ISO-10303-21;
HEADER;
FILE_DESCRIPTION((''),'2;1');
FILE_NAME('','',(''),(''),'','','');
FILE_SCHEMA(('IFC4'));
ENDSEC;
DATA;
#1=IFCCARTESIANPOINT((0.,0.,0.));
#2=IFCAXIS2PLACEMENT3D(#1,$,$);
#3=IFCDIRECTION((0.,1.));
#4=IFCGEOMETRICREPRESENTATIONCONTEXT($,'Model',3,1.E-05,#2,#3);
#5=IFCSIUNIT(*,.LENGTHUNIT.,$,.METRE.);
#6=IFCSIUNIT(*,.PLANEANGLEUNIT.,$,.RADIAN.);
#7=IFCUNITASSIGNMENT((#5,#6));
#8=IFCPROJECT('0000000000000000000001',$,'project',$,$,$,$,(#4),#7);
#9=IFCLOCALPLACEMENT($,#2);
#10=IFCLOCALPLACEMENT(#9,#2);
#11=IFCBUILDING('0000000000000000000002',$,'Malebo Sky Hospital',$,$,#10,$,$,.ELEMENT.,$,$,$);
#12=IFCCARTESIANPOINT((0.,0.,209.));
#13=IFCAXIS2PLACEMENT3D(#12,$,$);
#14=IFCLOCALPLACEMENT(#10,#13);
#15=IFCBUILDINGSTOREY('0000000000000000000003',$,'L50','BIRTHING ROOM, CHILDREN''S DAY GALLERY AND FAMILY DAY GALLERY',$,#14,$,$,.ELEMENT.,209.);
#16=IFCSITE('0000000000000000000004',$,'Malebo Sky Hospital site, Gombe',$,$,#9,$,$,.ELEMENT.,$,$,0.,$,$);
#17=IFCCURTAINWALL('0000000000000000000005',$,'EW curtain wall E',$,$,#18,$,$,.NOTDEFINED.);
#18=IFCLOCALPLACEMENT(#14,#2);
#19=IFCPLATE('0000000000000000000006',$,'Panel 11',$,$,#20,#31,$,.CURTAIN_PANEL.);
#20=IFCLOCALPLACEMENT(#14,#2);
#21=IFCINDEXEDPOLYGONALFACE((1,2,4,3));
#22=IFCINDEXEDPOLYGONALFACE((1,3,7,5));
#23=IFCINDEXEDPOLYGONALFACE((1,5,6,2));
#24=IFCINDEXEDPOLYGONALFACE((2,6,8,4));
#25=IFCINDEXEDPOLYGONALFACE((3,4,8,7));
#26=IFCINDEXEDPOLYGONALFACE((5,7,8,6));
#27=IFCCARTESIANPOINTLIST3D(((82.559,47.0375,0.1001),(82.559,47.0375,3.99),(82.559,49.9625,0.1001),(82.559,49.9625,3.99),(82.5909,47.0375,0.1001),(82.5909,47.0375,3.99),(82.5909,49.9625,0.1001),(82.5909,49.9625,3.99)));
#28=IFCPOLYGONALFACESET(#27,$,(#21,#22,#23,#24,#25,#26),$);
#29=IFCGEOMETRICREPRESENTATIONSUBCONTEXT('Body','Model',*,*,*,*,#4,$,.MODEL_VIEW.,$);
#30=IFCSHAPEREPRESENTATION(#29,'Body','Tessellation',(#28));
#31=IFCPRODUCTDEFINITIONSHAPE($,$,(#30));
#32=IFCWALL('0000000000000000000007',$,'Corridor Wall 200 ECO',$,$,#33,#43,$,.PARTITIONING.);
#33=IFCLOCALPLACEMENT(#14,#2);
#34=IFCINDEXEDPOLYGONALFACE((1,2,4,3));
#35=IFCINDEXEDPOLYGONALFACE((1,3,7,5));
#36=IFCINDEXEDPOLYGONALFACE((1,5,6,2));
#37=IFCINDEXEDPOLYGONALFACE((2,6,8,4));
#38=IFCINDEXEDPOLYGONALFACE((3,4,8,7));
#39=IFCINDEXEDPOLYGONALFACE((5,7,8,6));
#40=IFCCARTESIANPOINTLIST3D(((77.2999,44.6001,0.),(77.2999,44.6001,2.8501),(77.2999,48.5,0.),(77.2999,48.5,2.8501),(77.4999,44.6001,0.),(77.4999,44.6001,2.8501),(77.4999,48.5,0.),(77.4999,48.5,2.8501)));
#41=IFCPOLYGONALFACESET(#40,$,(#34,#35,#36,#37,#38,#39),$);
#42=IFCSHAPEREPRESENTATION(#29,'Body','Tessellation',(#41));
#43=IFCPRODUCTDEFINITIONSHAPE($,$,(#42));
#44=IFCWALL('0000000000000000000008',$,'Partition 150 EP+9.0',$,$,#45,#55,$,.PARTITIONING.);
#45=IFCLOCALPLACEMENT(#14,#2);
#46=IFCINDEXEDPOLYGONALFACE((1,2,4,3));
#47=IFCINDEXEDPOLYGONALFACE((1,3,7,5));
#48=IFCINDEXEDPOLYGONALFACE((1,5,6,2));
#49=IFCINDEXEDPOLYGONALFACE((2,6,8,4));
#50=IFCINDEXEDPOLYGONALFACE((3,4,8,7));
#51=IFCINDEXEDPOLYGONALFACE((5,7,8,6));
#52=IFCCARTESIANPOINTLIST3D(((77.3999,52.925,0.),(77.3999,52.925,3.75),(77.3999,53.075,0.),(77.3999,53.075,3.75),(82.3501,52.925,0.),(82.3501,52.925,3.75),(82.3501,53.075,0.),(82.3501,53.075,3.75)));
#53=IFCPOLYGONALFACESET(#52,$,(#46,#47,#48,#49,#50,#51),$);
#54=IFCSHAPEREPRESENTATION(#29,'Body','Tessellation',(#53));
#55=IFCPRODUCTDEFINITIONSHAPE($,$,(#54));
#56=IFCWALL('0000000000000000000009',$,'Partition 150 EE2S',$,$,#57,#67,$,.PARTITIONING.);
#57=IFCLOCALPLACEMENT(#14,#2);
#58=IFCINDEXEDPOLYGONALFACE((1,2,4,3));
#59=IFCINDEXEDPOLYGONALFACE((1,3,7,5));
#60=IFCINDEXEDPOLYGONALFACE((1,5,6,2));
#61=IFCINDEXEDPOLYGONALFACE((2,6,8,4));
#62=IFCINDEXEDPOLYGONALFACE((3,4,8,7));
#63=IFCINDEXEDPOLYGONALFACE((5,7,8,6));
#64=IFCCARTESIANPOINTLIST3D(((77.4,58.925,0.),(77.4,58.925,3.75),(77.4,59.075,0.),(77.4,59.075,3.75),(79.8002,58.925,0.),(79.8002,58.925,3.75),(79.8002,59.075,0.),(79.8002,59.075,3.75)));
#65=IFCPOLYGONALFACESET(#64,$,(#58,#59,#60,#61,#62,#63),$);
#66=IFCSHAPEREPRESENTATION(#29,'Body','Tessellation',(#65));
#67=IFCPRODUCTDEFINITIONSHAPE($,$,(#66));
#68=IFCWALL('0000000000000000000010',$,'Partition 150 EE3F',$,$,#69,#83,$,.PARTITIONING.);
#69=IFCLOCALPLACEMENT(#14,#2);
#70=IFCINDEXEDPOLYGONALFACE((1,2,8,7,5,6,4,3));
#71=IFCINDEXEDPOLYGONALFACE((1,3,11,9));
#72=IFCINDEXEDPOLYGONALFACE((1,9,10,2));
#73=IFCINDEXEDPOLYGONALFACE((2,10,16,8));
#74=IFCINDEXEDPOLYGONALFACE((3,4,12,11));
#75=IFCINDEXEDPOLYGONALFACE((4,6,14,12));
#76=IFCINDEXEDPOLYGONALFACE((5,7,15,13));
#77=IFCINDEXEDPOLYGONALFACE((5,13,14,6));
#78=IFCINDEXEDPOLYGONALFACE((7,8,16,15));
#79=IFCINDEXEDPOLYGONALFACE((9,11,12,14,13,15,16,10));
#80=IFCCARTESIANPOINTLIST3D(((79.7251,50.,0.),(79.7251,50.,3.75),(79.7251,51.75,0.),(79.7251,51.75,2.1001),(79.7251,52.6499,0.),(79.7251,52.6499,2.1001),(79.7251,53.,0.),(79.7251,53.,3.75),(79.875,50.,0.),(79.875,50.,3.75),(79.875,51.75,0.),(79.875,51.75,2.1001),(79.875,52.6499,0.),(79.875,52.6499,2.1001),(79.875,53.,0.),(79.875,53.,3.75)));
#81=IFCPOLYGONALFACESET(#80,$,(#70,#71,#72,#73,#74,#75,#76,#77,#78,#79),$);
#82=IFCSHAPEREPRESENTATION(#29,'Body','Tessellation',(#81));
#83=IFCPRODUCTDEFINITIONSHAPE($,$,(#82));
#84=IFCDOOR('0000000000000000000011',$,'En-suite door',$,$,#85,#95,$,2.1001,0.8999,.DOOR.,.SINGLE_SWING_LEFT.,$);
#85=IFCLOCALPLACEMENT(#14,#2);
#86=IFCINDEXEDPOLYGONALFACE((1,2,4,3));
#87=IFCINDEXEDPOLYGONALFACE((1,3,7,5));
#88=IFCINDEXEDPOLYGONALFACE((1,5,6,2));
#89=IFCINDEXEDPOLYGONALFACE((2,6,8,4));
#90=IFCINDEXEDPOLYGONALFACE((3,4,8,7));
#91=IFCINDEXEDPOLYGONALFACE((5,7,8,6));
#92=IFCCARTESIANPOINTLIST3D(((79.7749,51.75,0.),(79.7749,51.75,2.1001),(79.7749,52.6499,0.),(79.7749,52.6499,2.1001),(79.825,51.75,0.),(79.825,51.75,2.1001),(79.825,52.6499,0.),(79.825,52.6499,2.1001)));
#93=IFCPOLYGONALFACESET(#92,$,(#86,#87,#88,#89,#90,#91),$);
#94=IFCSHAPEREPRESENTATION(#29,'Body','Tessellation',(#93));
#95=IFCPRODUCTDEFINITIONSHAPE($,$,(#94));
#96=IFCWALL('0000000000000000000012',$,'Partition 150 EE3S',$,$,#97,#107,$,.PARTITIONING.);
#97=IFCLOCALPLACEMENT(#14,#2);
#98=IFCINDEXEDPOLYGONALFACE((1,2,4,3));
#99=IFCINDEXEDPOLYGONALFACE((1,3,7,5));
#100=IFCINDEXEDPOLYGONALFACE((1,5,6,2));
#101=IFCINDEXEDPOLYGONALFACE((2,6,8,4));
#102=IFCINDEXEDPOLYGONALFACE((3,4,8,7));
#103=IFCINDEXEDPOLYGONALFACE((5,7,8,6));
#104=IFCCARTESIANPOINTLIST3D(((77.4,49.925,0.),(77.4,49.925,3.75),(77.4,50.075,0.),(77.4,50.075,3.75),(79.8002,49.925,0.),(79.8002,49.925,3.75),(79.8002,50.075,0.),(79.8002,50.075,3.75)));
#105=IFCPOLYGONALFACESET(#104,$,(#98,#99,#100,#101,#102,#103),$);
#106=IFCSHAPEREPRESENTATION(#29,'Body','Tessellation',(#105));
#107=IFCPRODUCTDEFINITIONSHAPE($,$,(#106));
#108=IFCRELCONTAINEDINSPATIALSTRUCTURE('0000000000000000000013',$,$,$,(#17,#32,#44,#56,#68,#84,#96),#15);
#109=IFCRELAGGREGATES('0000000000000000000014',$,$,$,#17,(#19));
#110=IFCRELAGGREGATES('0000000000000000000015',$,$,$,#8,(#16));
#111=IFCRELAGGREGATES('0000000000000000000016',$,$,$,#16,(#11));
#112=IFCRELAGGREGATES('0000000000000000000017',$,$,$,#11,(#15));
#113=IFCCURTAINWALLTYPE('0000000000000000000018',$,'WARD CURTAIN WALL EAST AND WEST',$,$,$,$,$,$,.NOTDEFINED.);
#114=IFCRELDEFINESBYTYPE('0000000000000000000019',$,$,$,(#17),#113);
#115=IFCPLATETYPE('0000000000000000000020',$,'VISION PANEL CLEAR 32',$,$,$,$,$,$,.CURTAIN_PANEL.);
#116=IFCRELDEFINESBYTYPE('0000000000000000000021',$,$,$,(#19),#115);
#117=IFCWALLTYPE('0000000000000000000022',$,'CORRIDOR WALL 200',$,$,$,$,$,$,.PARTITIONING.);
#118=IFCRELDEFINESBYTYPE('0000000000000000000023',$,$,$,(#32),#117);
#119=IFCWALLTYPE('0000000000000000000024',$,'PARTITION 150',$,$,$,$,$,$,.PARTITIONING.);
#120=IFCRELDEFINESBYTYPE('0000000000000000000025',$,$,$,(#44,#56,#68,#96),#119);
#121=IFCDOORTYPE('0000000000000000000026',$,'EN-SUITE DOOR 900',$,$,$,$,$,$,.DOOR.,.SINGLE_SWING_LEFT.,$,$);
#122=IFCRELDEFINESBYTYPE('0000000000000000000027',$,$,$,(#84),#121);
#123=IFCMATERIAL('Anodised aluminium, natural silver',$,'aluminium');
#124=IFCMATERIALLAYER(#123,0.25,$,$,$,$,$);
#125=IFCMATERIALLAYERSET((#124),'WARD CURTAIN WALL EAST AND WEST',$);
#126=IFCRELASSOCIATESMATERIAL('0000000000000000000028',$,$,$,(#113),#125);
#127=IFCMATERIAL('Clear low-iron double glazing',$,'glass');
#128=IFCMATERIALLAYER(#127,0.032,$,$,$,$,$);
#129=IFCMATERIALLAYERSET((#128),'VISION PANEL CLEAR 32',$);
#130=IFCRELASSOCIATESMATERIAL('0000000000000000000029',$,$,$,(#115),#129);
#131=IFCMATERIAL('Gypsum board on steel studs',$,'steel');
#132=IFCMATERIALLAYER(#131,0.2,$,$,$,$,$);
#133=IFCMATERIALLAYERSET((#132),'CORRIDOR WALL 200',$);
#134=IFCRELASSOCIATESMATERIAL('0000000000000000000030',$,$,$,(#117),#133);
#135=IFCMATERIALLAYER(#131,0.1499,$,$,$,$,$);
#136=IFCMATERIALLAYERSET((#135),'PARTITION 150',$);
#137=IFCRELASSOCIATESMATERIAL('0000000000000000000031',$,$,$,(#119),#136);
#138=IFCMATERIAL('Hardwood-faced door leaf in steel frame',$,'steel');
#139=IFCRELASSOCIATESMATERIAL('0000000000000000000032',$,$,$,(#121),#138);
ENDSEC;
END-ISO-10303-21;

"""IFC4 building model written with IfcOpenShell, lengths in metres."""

from ifc_helpers import new_model, si_unit, direction, frame, frame_2d, origin, origin_2d, place, context, subcontext, project, spatial, rectangle, extrude, material, layer, layer_set, type_object, element, fill, aggregate, save


model = new_model("IFC4")

# Units and contexts
model_context = context("Model", 3, precision=1e-05, world=origin(), true_north=direction((0.0, 1.0)))
body_context = subcontext(model_context, "Body", "Model", "MODEL_VIEW")
ifc_project = project(units=[si_unit("LENGTHUNIT", "METRE"), si_unit("PLANEANGLEUNIT", "RADIAN")], contexts=[model_context])

# Site, building, storey
site_placement = place(None, origin())
site = spatial("IfcSite", under=ifc_project, at=site_placement, Name="Malebo Sky Hospital site, Gombe", CompositionType="ELEMENT", RefElevation=0.0)
building_placement = place(site_placement, origin())
building = spatial("IfcBuilding", under=site, at=building_placement, Name="Malebo Sky Hospital", CompositionType="ELEMENT")
storey_placement = place(building_placement, frame((0.0, 0.0, 209.0)))
storey = spatial("IfcBuildingStorey", under=building, at=storey_placement, Name="L50", Description="BIRTHING ROOM, CHILDREN'S DAY GALLERY AND FAMILY DAY GALLERY", CompositionType="ELEMENT", Elevation=209.0)

# Curtain wall
ifc_material_1 = material(Name="Anodised aluminium, natural silver", Category="aluminium")
ifc_layer_1 = layer(ifc_material_1, 0.25)
ifc_layer_set_1 = layer_set([ifc_layer_1], Name="WARD CURTAIN WALL EAST AND WEST")
curtain_wall_type = type_object("IfcCurtainWallType", Name="WARD CURTAIN WALL EAST AND WEST", PredefinedType="NOTDEFINED", material=ifc_layer_set_1)
curtain_wall_placement = place(storey_placement, origin())
curtain_wall = element("IfcCurtainWall", 1, at=curtain_wall_placement, inside=storey, type_object=curtain_wall_type, Name="EW curtain wall E", PredefinedType="NOTDEFINED")

# Plate
ifc_material_2 = material(Name="Clear low-iron double glazing", Category="glass")
ifc_layer_2 = layer(ifc_material_2, 0.032)
ifc_layer_set_2 = layer_set([ifc_layer_2], Name="VISION PANEL CLEAR 32")
plate_type = type_object("IfcPlateType", Name="VISION PANEL CLEAR 32", PredefinedType="CURTAIN_PANEL", material=ifc_layer_set_2)
plate_1_placement = place(storey_placement, frame((82.575, 48.5, 0.1001), z_axis=(0.0, 0.0, 1.0), x_axis=(0.0, -1.0, 0.0)))
plate_1 = element("IfcPlate", 2, at=plate_1_placement, type_object=plate_type, Name="Panel 11", PredefinedType="CURTAIN_PANEL", context=body_context, shape_type="SweptSolid", body=[
    extrude(rectangle(XDim=2.925, YDim=0.032, at=origin_2d()), origin(), (0.0, 0.0, 1.0), 3.8899),
])
aggregate(curtain_wall, [plate_1])

# Walls
ifc_material_3 = material(Name="Gypsum board on steel studs", Category="steel")
ifc_layer_3 = layer(ifc_material_3, 0.2)
ifc_layer_set_3 = layer_set([ifc_layer_3], Name="CORRIDOR WALL 200")
wall_type_1 = type_object("IfcWallType", Name="CORRIDOR WALL 200", PredefinedType="PARTITIONING", material=ifc_layer_set_3)
wall_1_placement = place(storey_placement, frame((77.3999, 48.5, 0.0), z_axis=(0.0, 0.0, 1.0), x_axis=(0.0, -1.0, 0.0)))
element("IfcWall", 3, at=wall_1_placement, inside=storey, type_object=wall_type_1, Name="Corridor Wall 200 ECO", PredefinedType="PARTITIONING", context=body_context, shape_type="SweptSolid", body=[
    extrude(rectangle(XDim=3.8999, YDim=0.2, at=frame_2d((1.95, 0.0))), origin(), (0.0, 0.0, 1.0), 2.8501),
])
ifc_layer_4 = layer(ifc_material_3, 0.1499)
ifc_layer_set_4 = layer_set([ifc_layer_4], Name="PARTITION 150")
wall_type_2 = type_object("IfcWallType", Name="PARTITION 150", PredefinedType="PARTITIONING", material=ifc_layer_set_4)
wall_2_placement = place(storey_placement, frame((77.3999, 53.0, 0.0), z_axis=(0.0, 0.0, 1.0), x_axis=(1.0, 0.0, 0.0)))
element("IfcWall", 4, at=wall_2_placement, inside=storey, type_object=wall_type_2, Name="Partition 150 EP+9.0", PredefinedType="PARTITIONING", context=body_context, shape_type="SweptSolid", body=[
    extrude(rectangle(XDim=4.9502, YDim=0.1499, at=frame_2d((2.4751, 0.0))), origin(), (0.0, 0.0, 1.0), 3.75),
])
wall_3_placement = place(storey_placement, frame((77.3999, 59.0, 0.0), z_axis=(0.0, 0.0, 1.0), x_axis=(1.0, 0.0, 0.0)))
element("IfcWall", 5, at=wall_3_placement, inside=storey, type_object=wall_type_2, Name="Partition 150 EE2S", PredefinedType="PARTITIONING", context=body_context, shape_type="SweptSolid", body=[
    extrude(rectangle(XDim=2.4001, YDim=0.1499, at=frame_2d((1.2002, 0.0))), origin(), (0.0, 0.0, 1.0), 3.75),
])

# Wall, opening, door
wall_4_placement = place(storey_placement, frame((79.8, 53.0, 0.0), z_axis=(0.0, 0.0, 1.0), x_axis=(0.0, -1.0, 0.0)))
wall_4 = element("IfcWall", 6, at=wall_4_placement, inside=storey, type_object=wall_type_2, Name="Partition 150 EE3F", PredefinedType="PARTITIONING", context=body_context, shape_type="SweptSolid", body=[
    extrude(rectangle(XDim=3.0, YDim=0.1499, at=frame_2d((1.5, 0.0))), origin(), (0.0, 0.0, 1.0), 3.75),
])
opening_placement = place(wall_4_placement, frame((0.3501, 0.0, 0.0)))
opening = element("IfcOpeningElement", 7, at=opening_placement, cuts=wall_4, PredefinedType="OPENING", context=body_context, shape_type="SweptSolid", body=[
    extrude(rectangle(XDim=0.8999, YDim=2.1001, at=frame_2d((0.45, 1.05))), frame((0.0, 0.085, 0.0), z_axis=(0.0, -1.0, 0.0), x_axis=(1.0, 0.0, 0.0)), (0.0, 0.0, 1.0), 0.1699),
])
ifc_material_4 = material(Name="Hardwood-faced door leaf in steel frame", Category="steel")
door_type = type_object("IfcDoorType", Name="EN-SUITE DOOR 900", OperationType="SINGLE_SWING_LEFT", PredefinedType="DOOR", material=ifc_material_4)
door_placement = place(opening_placement, origin())
door = element("IfcDoor", 8, at=door_placement, inside=storey, type_object=door_type, Name="En-suite door", OperationType="SINGLE_SWING_LEFT", OverallHeight=2.1001, OverallWidth=0.8999, PredefinedType="DOOR", context=body_context, shape_type="SweptSolid", body=[
    extrude(rectangle(XDim=0.8999, YDim=2.1001, at=frame_2d((0.45, 1.05))), frame((0.0, 0.0249, 0.0), z_axis=(0.0, -1.0, 0.0), x_axis=(1.0, 0.0, 0.0)), (0.0, 0.0, 1.0), 0.05),
])
fill(opening, door)

# Wall
wall_5_placement = place(storey_placement, frame((77.3999, 50.0, 0.0), z_axis=(0.0, 0.0, 1.0), x_axis=(1.0, 0.0, 0.0)))
element("IfcWall", 9, at=wall_5_placement, inside=storey, type_object=wall_type_2, Name="Partition 150 EE3S", PredefinedType="PARTITIONING", context=body_context, shape_type="SweptSolid", body=[
    extrude(rectangle(XDim=2.4001, YDim=0.1499, at=frame_2d((1.2002, 0.0))), origin(), (0.0, 0.0, 1.0), 3.75),
])

save(model, "model.ifc")
